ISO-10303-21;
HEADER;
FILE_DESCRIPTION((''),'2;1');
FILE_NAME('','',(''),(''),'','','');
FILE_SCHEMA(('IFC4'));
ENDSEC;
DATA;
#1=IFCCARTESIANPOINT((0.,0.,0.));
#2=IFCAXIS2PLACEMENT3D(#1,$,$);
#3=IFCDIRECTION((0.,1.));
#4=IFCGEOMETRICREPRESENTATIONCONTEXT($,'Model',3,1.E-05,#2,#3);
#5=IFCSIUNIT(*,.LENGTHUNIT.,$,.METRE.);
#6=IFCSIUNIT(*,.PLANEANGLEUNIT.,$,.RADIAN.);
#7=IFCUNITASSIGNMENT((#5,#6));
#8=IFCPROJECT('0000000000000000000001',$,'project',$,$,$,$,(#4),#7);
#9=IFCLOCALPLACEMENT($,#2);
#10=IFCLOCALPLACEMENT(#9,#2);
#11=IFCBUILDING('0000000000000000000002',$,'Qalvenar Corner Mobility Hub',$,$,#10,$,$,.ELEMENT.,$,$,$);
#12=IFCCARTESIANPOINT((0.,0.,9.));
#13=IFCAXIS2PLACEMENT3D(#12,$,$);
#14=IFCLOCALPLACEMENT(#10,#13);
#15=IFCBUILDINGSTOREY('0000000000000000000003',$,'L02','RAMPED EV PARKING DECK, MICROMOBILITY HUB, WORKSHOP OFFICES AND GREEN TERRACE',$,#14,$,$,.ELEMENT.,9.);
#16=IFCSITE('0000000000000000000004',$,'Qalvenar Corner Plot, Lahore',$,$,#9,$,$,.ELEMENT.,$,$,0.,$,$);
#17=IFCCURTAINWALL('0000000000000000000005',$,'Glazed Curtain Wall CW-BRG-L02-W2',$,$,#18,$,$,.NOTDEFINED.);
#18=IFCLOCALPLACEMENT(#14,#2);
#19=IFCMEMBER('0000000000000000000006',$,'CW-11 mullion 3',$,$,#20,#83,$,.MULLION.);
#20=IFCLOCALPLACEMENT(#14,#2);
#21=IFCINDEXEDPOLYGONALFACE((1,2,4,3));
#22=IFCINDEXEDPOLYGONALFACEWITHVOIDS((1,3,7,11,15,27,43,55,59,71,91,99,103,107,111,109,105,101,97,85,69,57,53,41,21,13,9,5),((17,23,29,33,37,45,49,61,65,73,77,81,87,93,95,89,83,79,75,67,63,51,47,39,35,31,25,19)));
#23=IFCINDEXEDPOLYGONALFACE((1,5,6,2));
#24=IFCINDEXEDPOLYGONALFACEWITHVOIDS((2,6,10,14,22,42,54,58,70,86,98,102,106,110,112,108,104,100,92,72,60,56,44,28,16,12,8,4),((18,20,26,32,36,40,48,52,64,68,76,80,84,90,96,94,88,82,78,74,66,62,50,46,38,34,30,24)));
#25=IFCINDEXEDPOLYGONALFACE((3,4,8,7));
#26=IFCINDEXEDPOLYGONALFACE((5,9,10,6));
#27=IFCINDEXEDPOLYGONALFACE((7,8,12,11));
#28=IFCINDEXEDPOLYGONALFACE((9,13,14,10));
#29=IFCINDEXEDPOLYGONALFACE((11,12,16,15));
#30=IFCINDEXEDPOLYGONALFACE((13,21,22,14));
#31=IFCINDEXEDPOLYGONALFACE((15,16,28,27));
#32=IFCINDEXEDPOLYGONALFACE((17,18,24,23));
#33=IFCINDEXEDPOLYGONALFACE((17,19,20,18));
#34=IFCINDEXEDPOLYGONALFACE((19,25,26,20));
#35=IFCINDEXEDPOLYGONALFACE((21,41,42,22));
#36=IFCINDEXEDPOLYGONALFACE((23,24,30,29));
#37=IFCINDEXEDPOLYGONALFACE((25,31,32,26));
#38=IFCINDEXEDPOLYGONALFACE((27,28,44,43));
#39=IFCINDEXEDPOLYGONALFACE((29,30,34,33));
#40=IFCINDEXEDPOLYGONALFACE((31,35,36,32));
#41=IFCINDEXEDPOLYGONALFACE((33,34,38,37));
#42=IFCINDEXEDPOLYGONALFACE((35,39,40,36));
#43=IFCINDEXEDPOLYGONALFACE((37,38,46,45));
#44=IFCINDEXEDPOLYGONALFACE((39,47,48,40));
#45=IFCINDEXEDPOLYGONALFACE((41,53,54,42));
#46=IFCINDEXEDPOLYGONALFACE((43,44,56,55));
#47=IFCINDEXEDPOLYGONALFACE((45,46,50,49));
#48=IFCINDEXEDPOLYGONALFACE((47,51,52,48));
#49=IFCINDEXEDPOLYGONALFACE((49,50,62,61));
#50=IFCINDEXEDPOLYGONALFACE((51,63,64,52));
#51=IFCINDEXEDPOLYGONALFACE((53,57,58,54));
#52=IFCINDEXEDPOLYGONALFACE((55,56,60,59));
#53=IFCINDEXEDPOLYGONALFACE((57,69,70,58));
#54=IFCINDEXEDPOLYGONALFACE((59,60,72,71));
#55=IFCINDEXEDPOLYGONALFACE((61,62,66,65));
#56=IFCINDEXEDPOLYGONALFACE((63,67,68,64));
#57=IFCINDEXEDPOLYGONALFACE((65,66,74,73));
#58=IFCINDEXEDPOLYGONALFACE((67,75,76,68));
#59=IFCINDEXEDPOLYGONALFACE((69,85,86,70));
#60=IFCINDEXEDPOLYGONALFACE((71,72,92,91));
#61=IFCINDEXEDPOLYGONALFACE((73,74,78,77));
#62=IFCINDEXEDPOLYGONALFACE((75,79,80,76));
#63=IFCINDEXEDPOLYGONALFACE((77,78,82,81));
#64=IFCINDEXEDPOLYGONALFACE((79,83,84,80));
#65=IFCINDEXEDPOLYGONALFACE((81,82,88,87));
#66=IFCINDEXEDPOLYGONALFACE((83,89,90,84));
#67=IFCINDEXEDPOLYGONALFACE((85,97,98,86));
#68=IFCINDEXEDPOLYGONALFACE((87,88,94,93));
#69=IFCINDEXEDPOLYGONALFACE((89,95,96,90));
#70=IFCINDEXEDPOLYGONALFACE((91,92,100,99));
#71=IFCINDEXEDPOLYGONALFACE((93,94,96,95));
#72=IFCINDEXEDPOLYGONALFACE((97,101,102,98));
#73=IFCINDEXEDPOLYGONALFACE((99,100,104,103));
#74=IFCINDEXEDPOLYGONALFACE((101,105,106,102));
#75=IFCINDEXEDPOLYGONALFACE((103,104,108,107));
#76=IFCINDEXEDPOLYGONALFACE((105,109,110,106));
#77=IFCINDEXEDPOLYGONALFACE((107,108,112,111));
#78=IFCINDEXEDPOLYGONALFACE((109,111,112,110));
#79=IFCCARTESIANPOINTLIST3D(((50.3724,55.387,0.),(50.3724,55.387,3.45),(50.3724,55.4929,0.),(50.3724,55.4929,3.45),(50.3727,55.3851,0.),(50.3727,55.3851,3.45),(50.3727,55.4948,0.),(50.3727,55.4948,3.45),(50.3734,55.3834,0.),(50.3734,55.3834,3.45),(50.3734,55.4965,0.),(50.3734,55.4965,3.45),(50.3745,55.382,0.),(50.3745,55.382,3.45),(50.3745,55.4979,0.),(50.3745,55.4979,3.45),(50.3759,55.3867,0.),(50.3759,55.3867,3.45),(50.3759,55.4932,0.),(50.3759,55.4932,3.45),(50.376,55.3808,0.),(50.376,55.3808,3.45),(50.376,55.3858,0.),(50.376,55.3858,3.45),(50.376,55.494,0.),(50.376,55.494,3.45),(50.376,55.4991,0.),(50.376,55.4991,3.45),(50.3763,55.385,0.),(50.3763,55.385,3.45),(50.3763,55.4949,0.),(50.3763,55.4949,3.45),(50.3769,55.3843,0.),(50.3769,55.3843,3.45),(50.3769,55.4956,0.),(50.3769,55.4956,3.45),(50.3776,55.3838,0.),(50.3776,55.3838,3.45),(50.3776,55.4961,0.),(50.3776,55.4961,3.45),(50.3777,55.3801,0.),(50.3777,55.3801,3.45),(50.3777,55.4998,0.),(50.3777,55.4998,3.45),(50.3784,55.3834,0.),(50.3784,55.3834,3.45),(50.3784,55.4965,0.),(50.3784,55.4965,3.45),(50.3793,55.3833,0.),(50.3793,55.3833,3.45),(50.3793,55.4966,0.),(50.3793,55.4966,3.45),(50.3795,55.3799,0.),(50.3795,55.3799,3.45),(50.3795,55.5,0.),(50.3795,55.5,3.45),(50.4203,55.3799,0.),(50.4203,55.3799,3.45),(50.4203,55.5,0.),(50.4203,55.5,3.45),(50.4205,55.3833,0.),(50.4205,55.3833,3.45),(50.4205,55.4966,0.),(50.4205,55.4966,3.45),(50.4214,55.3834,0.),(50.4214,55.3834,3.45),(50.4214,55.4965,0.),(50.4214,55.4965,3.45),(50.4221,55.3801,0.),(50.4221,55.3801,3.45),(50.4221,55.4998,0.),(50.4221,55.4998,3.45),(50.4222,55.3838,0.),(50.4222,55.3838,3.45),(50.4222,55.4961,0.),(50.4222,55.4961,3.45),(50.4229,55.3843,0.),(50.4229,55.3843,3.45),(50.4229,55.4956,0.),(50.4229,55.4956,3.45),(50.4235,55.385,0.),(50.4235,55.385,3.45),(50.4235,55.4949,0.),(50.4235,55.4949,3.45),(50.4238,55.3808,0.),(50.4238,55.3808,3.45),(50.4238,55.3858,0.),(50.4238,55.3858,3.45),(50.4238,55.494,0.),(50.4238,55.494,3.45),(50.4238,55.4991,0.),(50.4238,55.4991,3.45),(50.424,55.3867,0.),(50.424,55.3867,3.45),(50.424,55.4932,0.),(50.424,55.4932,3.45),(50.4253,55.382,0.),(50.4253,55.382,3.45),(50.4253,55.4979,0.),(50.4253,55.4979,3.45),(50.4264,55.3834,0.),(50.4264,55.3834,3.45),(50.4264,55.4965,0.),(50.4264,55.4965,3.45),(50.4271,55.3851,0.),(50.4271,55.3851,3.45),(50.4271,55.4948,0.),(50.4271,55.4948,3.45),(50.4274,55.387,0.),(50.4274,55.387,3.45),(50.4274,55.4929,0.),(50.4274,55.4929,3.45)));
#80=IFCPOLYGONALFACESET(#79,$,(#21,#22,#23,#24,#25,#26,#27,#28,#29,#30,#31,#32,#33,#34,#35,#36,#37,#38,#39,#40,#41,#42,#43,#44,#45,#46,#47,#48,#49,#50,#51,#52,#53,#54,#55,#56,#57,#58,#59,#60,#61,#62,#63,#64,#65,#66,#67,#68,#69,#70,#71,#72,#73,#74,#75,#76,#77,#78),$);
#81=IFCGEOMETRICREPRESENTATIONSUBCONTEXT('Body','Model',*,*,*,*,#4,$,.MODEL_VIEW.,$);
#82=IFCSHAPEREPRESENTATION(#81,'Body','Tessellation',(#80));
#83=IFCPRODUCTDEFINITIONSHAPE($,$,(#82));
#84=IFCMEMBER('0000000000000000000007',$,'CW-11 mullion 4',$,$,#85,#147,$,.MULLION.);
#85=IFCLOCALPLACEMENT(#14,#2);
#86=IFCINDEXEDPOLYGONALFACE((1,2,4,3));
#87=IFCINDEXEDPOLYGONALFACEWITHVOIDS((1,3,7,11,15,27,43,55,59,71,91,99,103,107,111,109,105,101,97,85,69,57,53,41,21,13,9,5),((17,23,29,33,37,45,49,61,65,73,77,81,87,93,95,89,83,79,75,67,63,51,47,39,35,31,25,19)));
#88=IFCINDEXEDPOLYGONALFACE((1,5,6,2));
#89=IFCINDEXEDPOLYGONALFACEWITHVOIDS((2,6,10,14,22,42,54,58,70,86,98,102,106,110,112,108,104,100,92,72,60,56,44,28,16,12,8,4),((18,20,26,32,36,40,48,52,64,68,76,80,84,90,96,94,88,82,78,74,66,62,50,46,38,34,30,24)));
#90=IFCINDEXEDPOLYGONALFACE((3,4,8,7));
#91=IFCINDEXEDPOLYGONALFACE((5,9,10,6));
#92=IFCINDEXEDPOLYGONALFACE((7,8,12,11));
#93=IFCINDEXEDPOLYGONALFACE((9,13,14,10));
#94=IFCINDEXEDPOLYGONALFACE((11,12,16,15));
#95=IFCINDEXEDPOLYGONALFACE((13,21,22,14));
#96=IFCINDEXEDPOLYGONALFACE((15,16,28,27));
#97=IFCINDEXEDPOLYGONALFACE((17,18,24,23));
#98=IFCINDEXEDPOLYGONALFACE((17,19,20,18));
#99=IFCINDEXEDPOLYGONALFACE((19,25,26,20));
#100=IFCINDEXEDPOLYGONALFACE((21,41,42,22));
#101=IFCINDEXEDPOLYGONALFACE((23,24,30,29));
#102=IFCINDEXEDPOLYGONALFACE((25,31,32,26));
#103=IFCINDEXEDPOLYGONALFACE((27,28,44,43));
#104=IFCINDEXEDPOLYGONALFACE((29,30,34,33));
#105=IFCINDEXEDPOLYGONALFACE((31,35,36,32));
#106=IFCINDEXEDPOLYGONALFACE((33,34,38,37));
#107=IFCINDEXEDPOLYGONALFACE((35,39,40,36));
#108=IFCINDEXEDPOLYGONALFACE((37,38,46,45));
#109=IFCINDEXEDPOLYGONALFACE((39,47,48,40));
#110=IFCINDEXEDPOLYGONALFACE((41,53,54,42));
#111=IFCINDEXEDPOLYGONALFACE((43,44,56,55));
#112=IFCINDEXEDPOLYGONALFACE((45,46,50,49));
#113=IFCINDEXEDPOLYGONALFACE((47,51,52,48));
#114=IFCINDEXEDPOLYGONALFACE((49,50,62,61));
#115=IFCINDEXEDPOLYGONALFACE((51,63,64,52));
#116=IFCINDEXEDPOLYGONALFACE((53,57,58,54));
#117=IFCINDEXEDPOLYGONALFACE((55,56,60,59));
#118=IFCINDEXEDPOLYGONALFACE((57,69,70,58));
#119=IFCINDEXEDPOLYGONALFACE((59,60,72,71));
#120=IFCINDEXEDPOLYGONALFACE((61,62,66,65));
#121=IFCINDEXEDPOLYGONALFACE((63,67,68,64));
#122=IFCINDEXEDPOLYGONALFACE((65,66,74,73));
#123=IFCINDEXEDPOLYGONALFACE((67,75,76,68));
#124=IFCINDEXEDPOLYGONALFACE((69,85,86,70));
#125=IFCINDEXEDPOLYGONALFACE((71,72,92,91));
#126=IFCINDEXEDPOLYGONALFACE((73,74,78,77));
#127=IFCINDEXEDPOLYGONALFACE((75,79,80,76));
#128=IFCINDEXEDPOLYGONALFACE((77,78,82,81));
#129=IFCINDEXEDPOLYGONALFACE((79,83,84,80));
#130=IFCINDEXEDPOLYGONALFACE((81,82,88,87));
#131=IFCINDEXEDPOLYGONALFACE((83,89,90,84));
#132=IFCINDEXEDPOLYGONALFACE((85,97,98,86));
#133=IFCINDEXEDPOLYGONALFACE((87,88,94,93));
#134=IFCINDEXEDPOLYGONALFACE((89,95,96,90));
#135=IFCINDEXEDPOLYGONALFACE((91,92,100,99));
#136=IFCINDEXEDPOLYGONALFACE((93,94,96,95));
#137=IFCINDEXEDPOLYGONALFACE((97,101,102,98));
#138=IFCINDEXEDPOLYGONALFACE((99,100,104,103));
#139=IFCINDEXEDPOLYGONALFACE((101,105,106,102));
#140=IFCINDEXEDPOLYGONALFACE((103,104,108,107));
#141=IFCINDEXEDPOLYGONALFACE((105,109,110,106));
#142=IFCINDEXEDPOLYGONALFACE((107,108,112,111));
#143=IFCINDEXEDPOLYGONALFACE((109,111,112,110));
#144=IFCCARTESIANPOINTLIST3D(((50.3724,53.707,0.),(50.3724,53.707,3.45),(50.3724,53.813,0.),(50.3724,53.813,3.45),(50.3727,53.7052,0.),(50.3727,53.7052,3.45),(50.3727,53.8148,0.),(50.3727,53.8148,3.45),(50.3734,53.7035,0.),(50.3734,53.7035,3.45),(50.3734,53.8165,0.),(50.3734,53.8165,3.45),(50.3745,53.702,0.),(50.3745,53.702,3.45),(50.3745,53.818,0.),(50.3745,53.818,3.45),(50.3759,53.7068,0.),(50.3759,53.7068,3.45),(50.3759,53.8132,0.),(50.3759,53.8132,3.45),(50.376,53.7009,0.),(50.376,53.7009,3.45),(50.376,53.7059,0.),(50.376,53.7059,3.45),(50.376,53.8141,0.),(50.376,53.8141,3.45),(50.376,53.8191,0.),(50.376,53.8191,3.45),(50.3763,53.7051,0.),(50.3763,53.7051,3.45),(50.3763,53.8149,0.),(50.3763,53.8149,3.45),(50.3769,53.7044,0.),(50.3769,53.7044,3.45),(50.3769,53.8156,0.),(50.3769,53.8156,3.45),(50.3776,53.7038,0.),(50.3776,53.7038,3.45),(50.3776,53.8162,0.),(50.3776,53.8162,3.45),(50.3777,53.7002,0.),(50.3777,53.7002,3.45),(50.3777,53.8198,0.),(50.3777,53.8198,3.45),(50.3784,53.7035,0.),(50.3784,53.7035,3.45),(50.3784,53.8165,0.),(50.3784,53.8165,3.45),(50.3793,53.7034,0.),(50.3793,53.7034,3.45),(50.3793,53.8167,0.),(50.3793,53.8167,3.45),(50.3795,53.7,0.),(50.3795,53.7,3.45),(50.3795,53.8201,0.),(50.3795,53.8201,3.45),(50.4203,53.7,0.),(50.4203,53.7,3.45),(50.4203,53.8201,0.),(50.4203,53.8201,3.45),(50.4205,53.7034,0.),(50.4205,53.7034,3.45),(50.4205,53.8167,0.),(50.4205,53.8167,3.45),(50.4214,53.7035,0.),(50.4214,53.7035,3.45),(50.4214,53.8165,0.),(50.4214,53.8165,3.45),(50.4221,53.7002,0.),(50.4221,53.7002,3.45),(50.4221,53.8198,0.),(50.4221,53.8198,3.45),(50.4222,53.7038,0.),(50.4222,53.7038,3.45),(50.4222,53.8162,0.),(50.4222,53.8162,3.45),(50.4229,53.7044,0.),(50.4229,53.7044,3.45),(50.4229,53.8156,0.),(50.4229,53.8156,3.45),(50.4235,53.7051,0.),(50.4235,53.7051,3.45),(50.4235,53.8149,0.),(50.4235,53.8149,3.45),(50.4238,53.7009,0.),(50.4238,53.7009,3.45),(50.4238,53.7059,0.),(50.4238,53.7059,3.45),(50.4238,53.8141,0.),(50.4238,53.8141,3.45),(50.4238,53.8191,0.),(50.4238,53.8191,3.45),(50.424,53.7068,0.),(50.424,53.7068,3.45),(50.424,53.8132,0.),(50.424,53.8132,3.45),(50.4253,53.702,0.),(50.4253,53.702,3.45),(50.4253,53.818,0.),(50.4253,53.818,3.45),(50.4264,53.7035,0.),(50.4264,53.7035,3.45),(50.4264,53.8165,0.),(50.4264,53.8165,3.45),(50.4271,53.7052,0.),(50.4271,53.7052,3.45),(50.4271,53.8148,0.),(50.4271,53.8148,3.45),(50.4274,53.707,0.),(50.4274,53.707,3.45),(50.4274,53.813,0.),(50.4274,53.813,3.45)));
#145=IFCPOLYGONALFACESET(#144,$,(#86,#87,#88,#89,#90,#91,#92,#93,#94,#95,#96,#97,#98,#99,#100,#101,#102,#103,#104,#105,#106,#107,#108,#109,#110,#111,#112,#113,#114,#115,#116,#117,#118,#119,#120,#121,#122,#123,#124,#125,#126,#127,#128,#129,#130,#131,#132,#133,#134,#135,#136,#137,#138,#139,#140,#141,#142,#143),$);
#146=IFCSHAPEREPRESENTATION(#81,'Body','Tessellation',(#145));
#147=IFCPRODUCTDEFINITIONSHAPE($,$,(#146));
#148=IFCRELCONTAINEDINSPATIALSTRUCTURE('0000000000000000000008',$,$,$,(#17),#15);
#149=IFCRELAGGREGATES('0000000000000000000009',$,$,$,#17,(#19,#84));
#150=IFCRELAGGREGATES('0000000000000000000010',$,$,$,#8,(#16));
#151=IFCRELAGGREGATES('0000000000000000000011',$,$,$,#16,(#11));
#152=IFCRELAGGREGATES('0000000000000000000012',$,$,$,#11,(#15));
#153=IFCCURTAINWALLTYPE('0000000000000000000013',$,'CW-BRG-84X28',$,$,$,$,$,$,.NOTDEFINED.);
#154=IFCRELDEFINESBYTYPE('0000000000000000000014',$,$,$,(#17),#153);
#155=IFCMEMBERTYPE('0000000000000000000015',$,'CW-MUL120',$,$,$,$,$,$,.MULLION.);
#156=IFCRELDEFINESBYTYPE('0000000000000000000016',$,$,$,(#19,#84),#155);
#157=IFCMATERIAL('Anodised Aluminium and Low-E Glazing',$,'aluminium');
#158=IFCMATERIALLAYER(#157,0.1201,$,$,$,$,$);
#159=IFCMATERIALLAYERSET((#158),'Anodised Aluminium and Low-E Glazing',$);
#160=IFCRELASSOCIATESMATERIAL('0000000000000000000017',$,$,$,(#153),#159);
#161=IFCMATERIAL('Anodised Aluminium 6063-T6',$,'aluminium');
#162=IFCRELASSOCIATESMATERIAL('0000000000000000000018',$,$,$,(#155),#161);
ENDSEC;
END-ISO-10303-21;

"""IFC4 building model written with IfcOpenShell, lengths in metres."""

from ifc_helpers import new_model, si_unit, direction, frame, origin, origin_2d, place, context, subcontext, project, spatial, hollow_rectangle, extrude, material, layer, layer_set, material_profile, profile_set, type_object, element, aggregate, save


model = new_model("IFC4")

# Units and contexts
model_context = context("Model", 3, precision=1e-05, world=origin(), true_north=direction((0.0, 1.0)))
body_context = subcontext(model_context, "Body", "Model", "MODEL_VIEW")
ifc_project = project(units=[si_unit("LENGTHUNIT", "METRE"), si_unit("PLANEANGLEUNIT", "RADIAN")], contexts=[model_context])

# Site, building, storey
site_placement = place(None, origin())
site = spatial("IfcSite", under=ifc_project, at=site_placement, Name="Qalvenar Corner Plot, Lahore", CompositionType="ELEMENT", RefElevation=0.0)
building_placement = place(site_placement, origin())
building = spatial("IfcBuilding", under=site, at=building_placement, Name="Qalvenar Corner Mobility Hub", CompositionType="ELEMENT")
storey_placement = place(building_placement, frame((0.0, 0.0, 9.0)))
storey = spatial("IfcBuildingStorey", under=building, at=storey_placement, Name="L02", Description="RAMPED EV PARKING DECK, MICROMOBILITY HUB, WORKSHOP OFFICES AND GREEN TERRACE", CompositionType="ELEMENT", Elevation=9.0)

# Curtain wall, members
ifc_material_1 = material(Name="Anodised Aluminium and Low-E Glazing", Category="aluminium")
ifc_layer_1 = layer(ifc_material_1, 0.1201)
ifc_layer_set_1 = layer_set([ifc_layer_1], Name="Anodised Aluminium and Low-E Glazing")
curtain_wall_type = type_object("IfcCurtainWallType", Name="CW-BRG-84X28", PredefinedType="NOTDEFINED", material=ifc_layer_set_1)
curtain_wall_placement = place(storey_placement, origin())
curtain_wall = element("IfcCurtainWall", 1, at=curtain_wall_placement, inside=storey, type_object=curtain_wall_type, Name="Glazed Curtain Wall CW-BRG-L02-W2", PredefinedType="NOTDEFINED")
ifc_material_2 = material(Name="Anodised Aluminium 6063-T6", Category="aluminium")
ifc_material_profile_1 = material_profile(ifc_material_2, hollow_rectangle(XDim=0.0549, YDim=0.1201, WallThickness=0.0034, InnerFilletRadius=0.0034, OuterFilletRadius=0.0071, at=origin_2d()), Name="RHS120x55x3.5")
ifc_profile_set_1 = profile_set([ifc_material_profile_1], Name="Anodised Aluminium 6063-T6")
member_type_1 = type_object("IfcMemberType", Name="CW-MUL120", PredefinedType="MULLION", material=ifc_profile_set_1)
member_1_placement = place(storey_placement, frame((50.3999, 55.4399, 0.0), z_axis=(0.0, 0.0, 1.0), x_axis=(1.0, 0.0, 0.0)))
member_1 = element("IfcMember", 2, at=member_1_placement, type_object=member_type_1, Name="CW-11 mullion 3", PredefinedType="MULLION", context=body_context, shape_type="SweptSolid", body=[
    extrude(hollow_rectangle(XDim=0.0549, YDim=0.1201, WallThickness=0.0034, InnerFilletRadius=0.0034, OuterFilletRadius=0.0071, at=origin_2d()), origin(), (0.0, 0.0, 1.0), 3.45),
])
member_2_placement = place(storey_placement, frame((50.3999, 53.76, 0.0), z_axis=(0.0, 0.0, 1.0), x_axis=(1.0, 0.0, 0.0)))
member_2 = element("IfcMember", 3, at=member_2_placement, type_object=member_type_1, Name="CW-11 mullion 4", PredefinedType="MULLION", context=body_context, shape_type="SweptSolid", body=[
    extrude(hollow_rectangle(XDim=0.0549, YDim=0.1201, WallThickness=0.0034, InnerFilletRadius=0.0034, OuterFilletRadius=0.0071, at=origin_2d()), origin(), (0.0, 0.0, 1.0), 3.45),
])

aggregate(curtain_wall, [member_1, member_2])

save(model, "model.ifc")
